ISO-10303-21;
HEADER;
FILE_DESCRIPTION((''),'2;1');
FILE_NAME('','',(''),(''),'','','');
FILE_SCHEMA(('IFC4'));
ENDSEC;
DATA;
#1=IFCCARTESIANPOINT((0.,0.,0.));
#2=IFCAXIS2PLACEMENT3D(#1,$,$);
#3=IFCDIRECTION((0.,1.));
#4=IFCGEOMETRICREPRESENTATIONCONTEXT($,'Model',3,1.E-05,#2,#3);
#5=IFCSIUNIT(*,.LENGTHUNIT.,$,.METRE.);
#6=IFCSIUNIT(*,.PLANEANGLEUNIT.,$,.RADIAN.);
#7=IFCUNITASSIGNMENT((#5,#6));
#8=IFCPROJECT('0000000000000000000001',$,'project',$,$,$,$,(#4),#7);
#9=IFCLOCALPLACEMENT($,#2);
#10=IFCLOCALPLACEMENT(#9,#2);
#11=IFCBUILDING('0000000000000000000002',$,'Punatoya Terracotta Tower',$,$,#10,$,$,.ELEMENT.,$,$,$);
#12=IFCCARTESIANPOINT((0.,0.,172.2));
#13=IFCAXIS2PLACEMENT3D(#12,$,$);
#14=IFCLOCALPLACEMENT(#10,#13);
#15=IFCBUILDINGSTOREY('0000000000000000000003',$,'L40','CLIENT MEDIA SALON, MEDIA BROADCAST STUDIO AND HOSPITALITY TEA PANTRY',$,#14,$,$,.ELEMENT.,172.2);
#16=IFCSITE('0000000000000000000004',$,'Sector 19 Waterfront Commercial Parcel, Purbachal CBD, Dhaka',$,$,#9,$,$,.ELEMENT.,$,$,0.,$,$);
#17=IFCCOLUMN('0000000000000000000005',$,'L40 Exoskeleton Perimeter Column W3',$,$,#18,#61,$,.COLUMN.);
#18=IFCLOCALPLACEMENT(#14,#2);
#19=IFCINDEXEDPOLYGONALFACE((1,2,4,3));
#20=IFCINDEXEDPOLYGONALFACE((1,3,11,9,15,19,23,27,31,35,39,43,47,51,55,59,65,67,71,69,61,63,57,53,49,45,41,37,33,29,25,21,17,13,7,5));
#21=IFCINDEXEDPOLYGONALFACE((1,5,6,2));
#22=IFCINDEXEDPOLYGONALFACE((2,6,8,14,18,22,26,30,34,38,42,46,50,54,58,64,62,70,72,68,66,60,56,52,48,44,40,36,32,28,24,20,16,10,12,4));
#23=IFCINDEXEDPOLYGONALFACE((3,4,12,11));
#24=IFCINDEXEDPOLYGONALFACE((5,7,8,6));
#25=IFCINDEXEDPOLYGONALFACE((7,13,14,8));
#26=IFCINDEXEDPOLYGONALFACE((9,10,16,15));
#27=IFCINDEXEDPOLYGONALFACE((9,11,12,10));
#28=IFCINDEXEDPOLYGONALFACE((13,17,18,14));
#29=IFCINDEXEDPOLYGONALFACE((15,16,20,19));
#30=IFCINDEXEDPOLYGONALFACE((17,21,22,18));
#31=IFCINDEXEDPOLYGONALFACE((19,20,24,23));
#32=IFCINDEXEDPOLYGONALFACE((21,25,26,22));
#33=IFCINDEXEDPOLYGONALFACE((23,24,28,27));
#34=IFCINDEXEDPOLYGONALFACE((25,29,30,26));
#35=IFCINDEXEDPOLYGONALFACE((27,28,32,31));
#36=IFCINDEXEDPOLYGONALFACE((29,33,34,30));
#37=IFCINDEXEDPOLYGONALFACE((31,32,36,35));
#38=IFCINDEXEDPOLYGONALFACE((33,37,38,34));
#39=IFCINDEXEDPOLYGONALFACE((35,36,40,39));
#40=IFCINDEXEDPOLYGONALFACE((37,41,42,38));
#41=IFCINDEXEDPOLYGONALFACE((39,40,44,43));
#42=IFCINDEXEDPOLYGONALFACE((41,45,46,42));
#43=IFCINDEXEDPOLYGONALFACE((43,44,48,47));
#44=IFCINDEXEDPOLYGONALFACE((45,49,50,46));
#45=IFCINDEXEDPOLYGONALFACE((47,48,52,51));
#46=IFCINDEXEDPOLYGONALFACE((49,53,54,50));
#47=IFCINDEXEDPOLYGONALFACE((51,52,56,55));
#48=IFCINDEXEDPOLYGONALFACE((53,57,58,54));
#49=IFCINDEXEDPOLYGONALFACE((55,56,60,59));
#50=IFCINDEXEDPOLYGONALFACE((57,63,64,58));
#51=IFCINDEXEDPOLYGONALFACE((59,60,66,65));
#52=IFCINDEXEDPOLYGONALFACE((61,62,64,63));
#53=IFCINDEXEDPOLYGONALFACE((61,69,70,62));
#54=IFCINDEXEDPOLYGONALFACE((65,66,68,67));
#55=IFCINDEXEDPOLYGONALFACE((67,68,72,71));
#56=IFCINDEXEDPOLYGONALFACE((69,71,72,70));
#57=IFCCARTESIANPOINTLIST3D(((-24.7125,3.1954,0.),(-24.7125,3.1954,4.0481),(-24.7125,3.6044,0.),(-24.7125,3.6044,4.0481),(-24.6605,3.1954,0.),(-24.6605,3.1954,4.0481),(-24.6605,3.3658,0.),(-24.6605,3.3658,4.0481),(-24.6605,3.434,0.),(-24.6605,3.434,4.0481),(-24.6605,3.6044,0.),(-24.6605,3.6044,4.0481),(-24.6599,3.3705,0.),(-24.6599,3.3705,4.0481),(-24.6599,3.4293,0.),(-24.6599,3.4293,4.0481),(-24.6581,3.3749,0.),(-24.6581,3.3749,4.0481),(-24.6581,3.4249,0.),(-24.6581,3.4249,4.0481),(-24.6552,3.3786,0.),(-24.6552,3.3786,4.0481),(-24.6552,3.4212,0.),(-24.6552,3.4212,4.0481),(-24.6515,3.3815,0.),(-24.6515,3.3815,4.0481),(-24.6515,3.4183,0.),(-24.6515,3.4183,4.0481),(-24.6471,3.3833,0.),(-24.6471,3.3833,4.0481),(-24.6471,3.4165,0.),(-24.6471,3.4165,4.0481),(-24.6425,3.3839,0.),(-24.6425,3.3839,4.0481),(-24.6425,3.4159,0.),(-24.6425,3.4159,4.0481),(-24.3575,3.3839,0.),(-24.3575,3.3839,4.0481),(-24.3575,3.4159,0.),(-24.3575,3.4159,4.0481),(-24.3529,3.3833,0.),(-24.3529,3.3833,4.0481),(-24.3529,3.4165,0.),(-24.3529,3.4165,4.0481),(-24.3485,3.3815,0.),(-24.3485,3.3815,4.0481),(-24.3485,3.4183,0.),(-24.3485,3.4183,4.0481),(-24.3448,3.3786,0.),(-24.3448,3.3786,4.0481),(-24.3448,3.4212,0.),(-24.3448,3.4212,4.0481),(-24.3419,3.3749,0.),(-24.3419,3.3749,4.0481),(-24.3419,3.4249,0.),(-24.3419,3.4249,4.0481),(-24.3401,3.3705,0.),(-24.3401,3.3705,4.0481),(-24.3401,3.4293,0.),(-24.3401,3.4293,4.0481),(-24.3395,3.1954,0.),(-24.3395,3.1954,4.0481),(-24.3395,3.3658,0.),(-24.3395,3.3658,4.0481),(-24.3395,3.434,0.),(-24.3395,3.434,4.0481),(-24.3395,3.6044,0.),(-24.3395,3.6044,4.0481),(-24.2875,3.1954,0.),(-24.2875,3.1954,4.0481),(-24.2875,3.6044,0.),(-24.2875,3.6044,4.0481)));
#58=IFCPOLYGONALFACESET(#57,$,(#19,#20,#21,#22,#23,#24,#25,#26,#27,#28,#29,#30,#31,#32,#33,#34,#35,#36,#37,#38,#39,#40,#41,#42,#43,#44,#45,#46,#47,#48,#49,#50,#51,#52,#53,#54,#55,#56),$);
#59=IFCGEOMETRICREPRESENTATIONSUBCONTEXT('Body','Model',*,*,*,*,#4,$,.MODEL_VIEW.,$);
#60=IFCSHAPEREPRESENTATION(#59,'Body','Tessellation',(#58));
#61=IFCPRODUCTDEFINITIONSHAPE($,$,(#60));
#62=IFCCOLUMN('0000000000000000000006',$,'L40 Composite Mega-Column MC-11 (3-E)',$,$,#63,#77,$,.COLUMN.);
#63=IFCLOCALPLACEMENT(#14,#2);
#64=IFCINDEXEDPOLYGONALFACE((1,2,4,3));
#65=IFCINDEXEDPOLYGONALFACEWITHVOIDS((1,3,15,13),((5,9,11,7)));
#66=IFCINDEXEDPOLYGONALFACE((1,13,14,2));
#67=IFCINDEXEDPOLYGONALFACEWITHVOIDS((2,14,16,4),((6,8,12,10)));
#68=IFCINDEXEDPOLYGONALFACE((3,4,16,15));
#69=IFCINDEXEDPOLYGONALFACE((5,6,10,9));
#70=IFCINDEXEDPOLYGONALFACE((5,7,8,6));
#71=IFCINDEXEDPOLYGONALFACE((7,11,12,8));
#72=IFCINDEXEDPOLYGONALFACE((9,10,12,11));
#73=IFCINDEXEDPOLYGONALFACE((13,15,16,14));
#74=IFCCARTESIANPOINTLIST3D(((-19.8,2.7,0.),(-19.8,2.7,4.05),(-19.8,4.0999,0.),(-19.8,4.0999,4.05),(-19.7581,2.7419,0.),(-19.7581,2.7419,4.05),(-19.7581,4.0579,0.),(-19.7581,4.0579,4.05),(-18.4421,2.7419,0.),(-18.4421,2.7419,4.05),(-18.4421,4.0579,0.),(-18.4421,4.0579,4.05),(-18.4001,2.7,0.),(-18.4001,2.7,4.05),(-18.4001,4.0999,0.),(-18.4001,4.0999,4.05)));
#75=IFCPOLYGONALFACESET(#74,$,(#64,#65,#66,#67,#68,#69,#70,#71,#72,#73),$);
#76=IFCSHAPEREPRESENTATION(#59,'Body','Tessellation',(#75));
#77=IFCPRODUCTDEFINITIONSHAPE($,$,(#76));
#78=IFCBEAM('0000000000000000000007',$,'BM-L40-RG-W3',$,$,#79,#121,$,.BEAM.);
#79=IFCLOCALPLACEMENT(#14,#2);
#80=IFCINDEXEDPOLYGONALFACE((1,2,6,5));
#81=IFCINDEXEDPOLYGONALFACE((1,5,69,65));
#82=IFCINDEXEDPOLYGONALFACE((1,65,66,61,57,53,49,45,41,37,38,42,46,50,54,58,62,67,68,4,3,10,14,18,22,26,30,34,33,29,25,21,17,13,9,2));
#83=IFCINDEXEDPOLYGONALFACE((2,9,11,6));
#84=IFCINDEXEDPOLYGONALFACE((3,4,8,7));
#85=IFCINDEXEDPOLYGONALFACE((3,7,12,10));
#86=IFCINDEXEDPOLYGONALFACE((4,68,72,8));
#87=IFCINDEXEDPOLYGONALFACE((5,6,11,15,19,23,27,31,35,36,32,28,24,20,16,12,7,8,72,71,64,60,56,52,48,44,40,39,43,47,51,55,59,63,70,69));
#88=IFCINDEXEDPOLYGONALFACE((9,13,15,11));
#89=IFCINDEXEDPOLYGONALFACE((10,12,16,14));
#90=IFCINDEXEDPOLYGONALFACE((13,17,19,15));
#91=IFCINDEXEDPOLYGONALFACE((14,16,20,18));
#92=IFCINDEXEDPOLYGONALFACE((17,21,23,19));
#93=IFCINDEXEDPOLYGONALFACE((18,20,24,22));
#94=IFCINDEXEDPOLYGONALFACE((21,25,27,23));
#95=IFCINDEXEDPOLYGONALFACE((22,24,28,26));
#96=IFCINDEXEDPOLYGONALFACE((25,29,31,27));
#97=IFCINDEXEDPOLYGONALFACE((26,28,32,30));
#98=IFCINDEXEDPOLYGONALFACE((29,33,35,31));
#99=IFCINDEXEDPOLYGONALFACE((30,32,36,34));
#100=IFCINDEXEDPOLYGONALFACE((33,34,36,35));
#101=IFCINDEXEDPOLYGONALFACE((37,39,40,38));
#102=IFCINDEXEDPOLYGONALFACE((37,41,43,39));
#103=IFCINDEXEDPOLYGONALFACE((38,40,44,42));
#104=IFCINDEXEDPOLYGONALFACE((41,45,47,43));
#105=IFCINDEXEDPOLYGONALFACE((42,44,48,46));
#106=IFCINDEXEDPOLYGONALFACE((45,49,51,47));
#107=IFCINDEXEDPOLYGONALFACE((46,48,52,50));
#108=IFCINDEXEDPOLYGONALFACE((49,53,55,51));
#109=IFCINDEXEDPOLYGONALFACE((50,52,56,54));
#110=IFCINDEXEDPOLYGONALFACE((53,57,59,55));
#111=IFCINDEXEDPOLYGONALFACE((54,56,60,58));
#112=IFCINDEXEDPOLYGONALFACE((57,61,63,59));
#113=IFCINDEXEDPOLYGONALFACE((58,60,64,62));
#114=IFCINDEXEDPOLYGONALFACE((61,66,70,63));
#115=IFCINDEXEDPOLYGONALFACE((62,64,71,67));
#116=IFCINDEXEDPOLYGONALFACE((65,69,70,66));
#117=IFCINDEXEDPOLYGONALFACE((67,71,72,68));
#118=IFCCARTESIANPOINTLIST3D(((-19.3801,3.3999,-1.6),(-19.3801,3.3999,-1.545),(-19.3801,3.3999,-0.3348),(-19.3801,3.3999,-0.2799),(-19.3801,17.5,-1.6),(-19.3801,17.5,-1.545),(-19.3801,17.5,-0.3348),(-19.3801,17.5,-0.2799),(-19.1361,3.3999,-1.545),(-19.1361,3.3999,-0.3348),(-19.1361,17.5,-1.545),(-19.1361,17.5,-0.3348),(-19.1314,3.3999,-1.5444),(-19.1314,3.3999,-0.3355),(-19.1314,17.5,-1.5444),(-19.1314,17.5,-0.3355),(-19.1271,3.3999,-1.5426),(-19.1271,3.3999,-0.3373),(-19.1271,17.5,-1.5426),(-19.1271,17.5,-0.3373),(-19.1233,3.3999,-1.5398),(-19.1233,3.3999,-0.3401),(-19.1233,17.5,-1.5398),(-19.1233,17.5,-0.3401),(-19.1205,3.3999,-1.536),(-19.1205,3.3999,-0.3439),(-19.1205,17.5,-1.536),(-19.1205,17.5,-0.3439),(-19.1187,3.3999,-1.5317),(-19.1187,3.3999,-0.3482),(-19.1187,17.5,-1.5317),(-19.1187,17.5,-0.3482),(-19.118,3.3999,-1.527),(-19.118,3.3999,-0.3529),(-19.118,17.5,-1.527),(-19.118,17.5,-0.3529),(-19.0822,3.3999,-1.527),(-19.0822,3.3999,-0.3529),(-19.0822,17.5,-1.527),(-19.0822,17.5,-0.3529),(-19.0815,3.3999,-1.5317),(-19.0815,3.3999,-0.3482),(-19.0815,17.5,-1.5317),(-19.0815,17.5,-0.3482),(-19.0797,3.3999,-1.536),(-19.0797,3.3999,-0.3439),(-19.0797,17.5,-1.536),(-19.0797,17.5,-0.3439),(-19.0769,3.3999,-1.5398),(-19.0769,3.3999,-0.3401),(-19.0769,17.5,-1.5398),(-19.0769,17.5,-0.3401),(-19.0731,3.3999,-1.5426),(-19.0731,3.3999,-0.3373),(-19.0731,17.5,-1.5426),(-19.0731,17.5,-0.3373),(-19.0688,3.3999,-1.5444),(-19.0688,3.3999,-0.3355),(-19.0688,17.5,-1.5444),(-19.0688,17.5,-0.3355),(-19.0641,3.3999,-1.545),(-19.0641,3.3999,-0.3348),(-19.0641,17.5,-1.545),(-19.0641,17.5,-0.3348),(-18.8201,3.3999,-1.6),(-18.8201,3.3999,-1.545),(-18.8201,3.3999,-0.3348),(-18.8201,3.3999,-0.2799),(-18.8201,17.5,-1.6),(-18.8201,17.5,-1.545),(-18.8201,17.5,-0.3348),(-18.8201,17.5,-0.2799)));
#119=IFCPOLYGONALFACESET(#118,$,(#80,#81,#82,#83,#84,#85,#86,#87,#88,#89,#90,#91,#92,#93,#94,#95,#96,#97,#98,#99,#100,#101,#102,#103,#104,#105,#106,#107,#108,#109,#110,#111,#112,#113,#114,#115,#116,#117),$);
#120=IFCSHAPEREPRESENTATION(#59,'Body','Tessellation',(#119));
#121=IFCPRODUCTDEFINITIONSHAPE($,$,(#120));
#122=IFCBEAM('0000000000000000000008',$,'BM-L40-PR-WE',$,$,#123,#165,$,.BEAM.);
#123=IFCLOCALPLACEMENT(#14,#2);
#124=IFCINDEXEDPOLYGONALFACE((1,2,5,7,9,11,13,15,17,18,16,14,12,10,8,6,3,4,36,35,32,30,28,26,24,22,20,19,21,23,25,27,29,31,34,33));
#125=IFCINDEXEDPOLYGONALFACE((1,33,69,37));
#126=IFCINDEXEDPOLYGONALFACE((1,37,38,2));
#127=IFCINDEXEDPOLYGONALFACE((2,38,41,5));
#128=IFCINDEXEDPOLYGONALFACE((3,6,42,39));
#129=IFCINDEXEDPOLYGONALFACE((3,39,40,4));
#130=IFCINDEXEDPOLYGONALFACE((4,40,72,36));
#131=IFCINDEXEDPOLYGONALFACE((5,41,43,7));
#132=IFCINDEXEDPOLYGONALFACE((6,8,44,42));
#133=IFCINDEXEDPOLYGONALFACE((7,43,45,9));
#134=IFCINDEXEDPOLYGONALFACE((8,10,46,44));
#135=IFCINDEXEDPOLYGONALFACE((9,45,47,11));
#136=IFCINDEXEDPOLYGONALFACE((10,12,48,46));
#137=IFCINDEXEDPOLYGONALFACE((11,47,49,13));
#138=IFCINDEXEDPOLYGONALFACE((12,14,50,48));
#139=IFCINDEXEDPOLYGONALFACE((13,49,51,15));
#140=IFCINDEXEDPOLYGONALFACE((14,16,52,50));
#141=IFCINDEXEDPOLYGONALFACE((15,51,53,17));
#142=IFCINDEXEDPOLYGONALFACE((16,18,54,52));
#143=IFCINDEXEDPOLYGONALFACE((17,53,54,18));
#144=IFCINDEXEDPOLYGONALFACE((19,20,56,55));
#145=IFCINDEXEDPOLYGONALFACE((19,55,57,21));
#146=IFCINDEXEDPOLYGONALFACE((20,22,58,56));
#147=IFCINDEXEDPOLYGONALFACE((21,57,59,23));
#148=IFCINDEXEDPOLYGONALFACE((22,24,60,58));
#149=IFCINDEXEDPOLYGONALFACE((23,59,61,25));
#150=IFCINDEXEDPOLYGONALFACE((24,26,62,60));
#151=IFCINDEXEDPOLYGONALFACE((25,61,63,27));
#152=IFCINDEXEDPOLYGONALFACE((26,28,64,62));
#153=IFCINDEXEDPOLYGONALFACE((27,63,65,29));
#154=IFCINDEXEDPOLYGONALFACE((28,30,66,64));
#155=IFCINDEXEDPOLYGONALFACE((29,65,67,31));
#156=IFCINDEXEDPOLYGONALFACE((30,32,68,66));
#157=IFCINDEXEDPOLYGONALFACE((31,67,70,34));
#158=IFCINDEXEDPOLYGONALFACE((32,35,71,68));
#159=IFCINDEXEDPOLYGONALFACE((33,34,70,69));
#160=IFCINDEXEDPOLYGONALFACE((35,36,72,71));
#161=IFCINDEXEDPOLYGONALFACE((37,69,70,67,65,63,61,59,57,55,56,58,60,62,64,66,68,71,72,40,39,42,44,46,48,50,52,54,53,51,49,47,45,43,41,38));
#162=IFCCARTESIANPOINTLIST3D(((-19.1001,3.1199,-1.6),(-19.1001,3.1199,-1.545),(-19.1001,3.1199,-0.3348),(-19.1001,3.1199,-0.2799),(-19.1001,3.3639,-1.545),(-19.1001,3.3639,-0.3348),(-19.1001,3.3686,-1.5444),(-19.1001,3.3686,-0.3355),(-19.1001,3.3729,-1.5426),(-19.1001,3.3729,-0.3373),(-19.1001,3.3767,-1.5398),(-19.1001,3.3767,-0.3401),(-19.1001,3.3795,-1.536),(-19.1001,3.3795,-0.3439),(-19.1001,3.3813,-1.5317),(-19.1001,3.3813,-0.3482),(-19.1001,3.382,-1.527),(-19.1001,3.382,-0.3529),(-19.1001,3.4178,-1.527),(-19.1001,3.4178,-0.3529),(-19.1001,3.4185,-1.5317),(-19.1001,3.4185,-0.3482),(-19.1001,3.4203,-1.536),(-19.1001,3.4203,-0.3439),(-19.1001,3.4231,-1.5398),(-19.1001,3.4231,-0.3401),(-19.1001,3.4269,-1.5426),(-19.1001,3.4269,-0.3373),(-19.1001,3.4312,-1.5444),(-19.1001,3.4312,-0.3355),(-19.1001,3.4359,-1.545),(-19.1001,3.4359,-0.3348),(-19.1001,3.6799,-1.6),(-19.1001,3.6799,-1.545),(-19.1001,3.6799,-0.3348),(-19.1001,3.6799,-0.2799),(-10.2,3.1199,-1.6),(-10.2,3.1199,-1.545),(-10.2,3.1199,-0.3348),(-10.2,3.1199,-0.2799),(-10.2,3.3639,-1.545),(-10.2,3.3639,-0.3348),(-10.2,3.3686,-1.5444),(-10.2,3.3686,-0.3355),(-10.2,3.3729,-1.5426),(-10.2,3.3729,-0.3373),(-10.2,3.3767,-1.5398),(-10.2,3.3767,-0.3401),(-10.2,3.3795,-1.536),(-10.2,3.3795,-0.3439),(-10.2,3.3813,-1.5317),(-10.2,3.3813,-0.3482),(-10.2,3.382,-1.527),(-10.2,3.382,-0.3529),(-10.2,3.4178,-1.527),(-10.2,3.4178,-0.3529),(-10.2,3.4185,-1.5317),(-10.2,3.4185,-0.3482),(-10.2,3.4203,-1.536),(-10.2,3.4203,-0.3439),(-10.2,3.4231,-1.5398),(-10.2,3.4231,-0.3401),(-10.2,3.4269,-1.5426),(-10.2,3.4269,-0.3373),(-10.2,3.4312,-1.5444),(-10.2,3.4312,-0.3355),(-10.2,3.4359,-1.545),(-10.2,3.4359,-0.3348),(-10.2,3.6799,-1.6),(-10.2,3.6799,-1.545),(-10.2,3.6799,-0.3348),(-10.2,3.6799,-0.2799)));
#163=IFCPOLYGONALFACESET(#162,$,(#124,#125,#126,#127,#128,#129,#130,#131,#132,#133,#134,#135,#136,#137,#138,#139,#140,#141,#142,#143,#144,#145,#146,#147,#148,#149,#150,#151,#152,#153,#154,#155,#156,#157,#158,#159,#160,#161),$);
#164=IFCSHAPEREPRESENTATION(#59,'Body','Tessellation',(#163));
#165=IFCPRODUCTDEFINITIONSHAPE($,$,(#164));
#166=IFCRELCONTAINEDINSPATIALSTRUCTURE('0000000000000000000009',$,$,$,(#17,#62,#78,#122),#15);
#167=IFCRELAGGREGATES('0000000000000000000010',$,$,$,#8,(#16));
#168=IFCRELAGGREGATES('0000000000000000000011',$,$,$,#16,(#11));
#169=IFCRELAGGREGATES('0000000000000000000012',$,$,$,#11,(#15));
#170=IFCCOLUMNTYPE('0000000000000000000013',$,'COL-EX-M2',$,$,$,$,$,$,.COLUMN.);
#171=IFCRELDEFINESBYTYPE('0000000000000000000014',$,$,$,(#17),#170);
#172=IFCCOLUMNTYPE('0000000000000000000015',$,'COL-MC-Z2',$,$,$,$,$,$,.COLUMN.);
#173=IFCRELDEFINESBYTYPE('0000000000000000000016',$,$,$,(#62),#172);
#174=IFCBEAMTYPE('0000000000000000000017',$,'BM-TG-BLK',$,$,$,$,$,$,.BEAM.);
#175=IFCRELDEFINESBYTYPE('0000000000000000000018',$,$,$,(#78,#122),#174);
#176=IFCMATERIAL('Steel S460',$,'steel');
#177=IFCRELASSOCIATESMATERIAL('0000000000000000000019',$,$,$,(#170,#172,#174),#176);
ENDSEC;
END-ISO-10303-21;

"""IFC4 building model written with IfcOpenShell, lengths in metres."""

from ifc_helpers import new_model, si_unit, direction, frame, origin, origin_2d, place, context, subcontext, project, spatial, hollow_rectangle, i_section, extrude, material, material_profile, profile_set, type_object, element, save


model = new_model("IFC4")

# Units and contexts
model_context = context("Model", 3, precision=1e-05, world=origin(), true_north=direction((0.0, 1.0)))
body_context = subcontext(model_context, "Body", "Model", "MODEL_VIEW")
ifc_project = project(units=[si_unit("LENGTHUNIT", "METRE"), si_unit("PLANEANGLEUNIT", "RADIAN")], contexts=[model_context])

# Site, building, storey
site_placement = place(None, origin())
site = spatial("IfcSite", under=ifc_project, at=site_placement, Name="Sector 19 Waterfront Commercial Parcel, Purbachal CBD, Dhaka", CompositionType="ELEMENT", RefElevation=0.0)
building_placement = place(site_placement, origin())
building = spatial("IfcBuilding", under=site, at=building_placement, Name="Punatoya Terracotta Tower", CompositionType="ELEMENT")
storey_placement = place(building_placement, frame((0.0, 0.0, 172.2)))
storey = spatial("IfcBuildingStorey", under=building, at=storey_placement, Name="L40", Description="CLIENT MEDIA SALON, MEDIA BROADCAST STUDIO AND HOSPITALITY TEA PANTRY", CompositionType="ELEMENT", Elevation=172.2)

# Columns
ifc_material_1 = material(Name="Steel S460", Category="steel")
ifc_material_profile_1 = material_profile(ifc_material_1, i_section(OverallWidth=0.4089, OverallDepth=0.425, WebThickness=0.032, FlangeThickness=0.052, FilletRadius=0.0181, at=origin_2d()))
ifc_profile_set_1 = profile_set([ifc_material_profile_1], Name="Steel S460")
column_type_1 = type_object("IfcColumnType", Name="COL-EX-M2", PredefinedType="COLUMN", material=ifc_profile_set_1)
column_1_placement = place(storey_placement, frame((-24.5, 3.3999, 0.0), z_axis=(0.0, 0.0, 1.0), x_axis=(0.0, 1.0, 0.0)))
element("IfcColumn", 1, at=column_1_placement, inside=storey, type_object=column_type_1, Name="L40 Exoskeleton Perimeter Column W3", PredefinedType="COLUMN", context=body_context, shape_type="SweptSolid", body=[
    extrude(i_section(OverallWidth=0.4089, OverallDepth=0.425, WebThickness=0.032, FlangeThickness=0.052, FilletRadius=0.0181, at=origin_2d()), origin(), (0.0, 0.0, 1.0), 4.0481),
])
ifc_material_profile_2 = material_profile(ifc_material_1, hollow_rectangle(XDim=1.3999, YDim=1.3999, WallThickness=0.042, at=origin_2d()))
ifc_profile_set_2 = profile_set([ifc_material_profile_2], Name="Steel S460")
column_type_2 = type_object("IfcColumnType", Name="COL-MC-Z2", PredefinedType="COLUMN", material=ifc_profile_set_2)
column_2_placement = place(storey_placement, frame((-19.1001, 3.3999, 0.0), z_axis=(0.0, 0.0, 1.0), x_axis=(1.0, 0.0, 0.0)))
element("IfcColumn", 2, at=column_2_placement, inside=storey, type_object=column_type_2, Name="L40 Composite Mega-Column MC-11 (3-E)", PredefinedType="COLUMN", context=body_context, shape_type="SweptSolid", body=[
    extrude(hollow_rectangle(XDim=1.3999, YDim=1.3999, WallThickness=0.042, at=origin_2d()), origin(), (0.0, 0.0, 1.0), 4.05),
])

# Beams
ifc_material_profile_3 = material_profile(ifc_material_1, i_section(OverallWidth=0.5601, OverallDepth=1.3201, WebThickness=0.0359, FlangeThickness=0.0549, FilletRadius=0.0181, at=origin_2d()))
ifc_profile_set_3 = profile_set([ifc_material_profile_3], Name="Steel S460")
beam_type = type_object("IfcBeamType", Name="BM-TG-BLK", PredefinedType="BEAM", material=ifc_profile_set_3)
beam_1_placement = place(storey_placement, frame((-19.1001, 3.3999, -0.9399), z_axis=(0.0, 1.0, 0.0), x_axis=(-1.0, 0.0, 0.0)))
element("IfcBeam", 3, at=beam_1_placement, inside=storey, type_object=beam_type, Name="BM-L40-RG-W3", PredefinedType="BEAM", context=body_context, shape_type="SweptSolid", body=[
    extrude(i_section(OverallWidth=0.5601, OverallDepth=1.3201, WebThickness=0.0359, FlangeThickness=0.0549, FilletRadius=0.0181, at=origin_2d()), origin(), (0.0, 0.0, 1.0), 14.1001),
])
beam_2_placement = place(storey_placement, frame((-19.1001, 3.3999, -0.9399), z_axis=(1.0, 0.0, 0.0), x_axis=(0.0, 1.0, 0.0)))
element("IfcBeam", 4, at=beam_2_placement, inside=storey, type_object=beam_type, Name="BM-L40-PR-WE", PredefinedType="BEAM", context=body_context, shape_type="SweptSolid", body=[
    extrude(i_section(OverallWidth=0.5601, OverallDepth=1.3201, WebThickness=0.0359, FlangeThickness=0.0549, FilletRadius=0.0181, at=origin_2d()), origin(), (0.0, 0.0, 1.0), 8.9001),
])

save(model, "model.ifc")
